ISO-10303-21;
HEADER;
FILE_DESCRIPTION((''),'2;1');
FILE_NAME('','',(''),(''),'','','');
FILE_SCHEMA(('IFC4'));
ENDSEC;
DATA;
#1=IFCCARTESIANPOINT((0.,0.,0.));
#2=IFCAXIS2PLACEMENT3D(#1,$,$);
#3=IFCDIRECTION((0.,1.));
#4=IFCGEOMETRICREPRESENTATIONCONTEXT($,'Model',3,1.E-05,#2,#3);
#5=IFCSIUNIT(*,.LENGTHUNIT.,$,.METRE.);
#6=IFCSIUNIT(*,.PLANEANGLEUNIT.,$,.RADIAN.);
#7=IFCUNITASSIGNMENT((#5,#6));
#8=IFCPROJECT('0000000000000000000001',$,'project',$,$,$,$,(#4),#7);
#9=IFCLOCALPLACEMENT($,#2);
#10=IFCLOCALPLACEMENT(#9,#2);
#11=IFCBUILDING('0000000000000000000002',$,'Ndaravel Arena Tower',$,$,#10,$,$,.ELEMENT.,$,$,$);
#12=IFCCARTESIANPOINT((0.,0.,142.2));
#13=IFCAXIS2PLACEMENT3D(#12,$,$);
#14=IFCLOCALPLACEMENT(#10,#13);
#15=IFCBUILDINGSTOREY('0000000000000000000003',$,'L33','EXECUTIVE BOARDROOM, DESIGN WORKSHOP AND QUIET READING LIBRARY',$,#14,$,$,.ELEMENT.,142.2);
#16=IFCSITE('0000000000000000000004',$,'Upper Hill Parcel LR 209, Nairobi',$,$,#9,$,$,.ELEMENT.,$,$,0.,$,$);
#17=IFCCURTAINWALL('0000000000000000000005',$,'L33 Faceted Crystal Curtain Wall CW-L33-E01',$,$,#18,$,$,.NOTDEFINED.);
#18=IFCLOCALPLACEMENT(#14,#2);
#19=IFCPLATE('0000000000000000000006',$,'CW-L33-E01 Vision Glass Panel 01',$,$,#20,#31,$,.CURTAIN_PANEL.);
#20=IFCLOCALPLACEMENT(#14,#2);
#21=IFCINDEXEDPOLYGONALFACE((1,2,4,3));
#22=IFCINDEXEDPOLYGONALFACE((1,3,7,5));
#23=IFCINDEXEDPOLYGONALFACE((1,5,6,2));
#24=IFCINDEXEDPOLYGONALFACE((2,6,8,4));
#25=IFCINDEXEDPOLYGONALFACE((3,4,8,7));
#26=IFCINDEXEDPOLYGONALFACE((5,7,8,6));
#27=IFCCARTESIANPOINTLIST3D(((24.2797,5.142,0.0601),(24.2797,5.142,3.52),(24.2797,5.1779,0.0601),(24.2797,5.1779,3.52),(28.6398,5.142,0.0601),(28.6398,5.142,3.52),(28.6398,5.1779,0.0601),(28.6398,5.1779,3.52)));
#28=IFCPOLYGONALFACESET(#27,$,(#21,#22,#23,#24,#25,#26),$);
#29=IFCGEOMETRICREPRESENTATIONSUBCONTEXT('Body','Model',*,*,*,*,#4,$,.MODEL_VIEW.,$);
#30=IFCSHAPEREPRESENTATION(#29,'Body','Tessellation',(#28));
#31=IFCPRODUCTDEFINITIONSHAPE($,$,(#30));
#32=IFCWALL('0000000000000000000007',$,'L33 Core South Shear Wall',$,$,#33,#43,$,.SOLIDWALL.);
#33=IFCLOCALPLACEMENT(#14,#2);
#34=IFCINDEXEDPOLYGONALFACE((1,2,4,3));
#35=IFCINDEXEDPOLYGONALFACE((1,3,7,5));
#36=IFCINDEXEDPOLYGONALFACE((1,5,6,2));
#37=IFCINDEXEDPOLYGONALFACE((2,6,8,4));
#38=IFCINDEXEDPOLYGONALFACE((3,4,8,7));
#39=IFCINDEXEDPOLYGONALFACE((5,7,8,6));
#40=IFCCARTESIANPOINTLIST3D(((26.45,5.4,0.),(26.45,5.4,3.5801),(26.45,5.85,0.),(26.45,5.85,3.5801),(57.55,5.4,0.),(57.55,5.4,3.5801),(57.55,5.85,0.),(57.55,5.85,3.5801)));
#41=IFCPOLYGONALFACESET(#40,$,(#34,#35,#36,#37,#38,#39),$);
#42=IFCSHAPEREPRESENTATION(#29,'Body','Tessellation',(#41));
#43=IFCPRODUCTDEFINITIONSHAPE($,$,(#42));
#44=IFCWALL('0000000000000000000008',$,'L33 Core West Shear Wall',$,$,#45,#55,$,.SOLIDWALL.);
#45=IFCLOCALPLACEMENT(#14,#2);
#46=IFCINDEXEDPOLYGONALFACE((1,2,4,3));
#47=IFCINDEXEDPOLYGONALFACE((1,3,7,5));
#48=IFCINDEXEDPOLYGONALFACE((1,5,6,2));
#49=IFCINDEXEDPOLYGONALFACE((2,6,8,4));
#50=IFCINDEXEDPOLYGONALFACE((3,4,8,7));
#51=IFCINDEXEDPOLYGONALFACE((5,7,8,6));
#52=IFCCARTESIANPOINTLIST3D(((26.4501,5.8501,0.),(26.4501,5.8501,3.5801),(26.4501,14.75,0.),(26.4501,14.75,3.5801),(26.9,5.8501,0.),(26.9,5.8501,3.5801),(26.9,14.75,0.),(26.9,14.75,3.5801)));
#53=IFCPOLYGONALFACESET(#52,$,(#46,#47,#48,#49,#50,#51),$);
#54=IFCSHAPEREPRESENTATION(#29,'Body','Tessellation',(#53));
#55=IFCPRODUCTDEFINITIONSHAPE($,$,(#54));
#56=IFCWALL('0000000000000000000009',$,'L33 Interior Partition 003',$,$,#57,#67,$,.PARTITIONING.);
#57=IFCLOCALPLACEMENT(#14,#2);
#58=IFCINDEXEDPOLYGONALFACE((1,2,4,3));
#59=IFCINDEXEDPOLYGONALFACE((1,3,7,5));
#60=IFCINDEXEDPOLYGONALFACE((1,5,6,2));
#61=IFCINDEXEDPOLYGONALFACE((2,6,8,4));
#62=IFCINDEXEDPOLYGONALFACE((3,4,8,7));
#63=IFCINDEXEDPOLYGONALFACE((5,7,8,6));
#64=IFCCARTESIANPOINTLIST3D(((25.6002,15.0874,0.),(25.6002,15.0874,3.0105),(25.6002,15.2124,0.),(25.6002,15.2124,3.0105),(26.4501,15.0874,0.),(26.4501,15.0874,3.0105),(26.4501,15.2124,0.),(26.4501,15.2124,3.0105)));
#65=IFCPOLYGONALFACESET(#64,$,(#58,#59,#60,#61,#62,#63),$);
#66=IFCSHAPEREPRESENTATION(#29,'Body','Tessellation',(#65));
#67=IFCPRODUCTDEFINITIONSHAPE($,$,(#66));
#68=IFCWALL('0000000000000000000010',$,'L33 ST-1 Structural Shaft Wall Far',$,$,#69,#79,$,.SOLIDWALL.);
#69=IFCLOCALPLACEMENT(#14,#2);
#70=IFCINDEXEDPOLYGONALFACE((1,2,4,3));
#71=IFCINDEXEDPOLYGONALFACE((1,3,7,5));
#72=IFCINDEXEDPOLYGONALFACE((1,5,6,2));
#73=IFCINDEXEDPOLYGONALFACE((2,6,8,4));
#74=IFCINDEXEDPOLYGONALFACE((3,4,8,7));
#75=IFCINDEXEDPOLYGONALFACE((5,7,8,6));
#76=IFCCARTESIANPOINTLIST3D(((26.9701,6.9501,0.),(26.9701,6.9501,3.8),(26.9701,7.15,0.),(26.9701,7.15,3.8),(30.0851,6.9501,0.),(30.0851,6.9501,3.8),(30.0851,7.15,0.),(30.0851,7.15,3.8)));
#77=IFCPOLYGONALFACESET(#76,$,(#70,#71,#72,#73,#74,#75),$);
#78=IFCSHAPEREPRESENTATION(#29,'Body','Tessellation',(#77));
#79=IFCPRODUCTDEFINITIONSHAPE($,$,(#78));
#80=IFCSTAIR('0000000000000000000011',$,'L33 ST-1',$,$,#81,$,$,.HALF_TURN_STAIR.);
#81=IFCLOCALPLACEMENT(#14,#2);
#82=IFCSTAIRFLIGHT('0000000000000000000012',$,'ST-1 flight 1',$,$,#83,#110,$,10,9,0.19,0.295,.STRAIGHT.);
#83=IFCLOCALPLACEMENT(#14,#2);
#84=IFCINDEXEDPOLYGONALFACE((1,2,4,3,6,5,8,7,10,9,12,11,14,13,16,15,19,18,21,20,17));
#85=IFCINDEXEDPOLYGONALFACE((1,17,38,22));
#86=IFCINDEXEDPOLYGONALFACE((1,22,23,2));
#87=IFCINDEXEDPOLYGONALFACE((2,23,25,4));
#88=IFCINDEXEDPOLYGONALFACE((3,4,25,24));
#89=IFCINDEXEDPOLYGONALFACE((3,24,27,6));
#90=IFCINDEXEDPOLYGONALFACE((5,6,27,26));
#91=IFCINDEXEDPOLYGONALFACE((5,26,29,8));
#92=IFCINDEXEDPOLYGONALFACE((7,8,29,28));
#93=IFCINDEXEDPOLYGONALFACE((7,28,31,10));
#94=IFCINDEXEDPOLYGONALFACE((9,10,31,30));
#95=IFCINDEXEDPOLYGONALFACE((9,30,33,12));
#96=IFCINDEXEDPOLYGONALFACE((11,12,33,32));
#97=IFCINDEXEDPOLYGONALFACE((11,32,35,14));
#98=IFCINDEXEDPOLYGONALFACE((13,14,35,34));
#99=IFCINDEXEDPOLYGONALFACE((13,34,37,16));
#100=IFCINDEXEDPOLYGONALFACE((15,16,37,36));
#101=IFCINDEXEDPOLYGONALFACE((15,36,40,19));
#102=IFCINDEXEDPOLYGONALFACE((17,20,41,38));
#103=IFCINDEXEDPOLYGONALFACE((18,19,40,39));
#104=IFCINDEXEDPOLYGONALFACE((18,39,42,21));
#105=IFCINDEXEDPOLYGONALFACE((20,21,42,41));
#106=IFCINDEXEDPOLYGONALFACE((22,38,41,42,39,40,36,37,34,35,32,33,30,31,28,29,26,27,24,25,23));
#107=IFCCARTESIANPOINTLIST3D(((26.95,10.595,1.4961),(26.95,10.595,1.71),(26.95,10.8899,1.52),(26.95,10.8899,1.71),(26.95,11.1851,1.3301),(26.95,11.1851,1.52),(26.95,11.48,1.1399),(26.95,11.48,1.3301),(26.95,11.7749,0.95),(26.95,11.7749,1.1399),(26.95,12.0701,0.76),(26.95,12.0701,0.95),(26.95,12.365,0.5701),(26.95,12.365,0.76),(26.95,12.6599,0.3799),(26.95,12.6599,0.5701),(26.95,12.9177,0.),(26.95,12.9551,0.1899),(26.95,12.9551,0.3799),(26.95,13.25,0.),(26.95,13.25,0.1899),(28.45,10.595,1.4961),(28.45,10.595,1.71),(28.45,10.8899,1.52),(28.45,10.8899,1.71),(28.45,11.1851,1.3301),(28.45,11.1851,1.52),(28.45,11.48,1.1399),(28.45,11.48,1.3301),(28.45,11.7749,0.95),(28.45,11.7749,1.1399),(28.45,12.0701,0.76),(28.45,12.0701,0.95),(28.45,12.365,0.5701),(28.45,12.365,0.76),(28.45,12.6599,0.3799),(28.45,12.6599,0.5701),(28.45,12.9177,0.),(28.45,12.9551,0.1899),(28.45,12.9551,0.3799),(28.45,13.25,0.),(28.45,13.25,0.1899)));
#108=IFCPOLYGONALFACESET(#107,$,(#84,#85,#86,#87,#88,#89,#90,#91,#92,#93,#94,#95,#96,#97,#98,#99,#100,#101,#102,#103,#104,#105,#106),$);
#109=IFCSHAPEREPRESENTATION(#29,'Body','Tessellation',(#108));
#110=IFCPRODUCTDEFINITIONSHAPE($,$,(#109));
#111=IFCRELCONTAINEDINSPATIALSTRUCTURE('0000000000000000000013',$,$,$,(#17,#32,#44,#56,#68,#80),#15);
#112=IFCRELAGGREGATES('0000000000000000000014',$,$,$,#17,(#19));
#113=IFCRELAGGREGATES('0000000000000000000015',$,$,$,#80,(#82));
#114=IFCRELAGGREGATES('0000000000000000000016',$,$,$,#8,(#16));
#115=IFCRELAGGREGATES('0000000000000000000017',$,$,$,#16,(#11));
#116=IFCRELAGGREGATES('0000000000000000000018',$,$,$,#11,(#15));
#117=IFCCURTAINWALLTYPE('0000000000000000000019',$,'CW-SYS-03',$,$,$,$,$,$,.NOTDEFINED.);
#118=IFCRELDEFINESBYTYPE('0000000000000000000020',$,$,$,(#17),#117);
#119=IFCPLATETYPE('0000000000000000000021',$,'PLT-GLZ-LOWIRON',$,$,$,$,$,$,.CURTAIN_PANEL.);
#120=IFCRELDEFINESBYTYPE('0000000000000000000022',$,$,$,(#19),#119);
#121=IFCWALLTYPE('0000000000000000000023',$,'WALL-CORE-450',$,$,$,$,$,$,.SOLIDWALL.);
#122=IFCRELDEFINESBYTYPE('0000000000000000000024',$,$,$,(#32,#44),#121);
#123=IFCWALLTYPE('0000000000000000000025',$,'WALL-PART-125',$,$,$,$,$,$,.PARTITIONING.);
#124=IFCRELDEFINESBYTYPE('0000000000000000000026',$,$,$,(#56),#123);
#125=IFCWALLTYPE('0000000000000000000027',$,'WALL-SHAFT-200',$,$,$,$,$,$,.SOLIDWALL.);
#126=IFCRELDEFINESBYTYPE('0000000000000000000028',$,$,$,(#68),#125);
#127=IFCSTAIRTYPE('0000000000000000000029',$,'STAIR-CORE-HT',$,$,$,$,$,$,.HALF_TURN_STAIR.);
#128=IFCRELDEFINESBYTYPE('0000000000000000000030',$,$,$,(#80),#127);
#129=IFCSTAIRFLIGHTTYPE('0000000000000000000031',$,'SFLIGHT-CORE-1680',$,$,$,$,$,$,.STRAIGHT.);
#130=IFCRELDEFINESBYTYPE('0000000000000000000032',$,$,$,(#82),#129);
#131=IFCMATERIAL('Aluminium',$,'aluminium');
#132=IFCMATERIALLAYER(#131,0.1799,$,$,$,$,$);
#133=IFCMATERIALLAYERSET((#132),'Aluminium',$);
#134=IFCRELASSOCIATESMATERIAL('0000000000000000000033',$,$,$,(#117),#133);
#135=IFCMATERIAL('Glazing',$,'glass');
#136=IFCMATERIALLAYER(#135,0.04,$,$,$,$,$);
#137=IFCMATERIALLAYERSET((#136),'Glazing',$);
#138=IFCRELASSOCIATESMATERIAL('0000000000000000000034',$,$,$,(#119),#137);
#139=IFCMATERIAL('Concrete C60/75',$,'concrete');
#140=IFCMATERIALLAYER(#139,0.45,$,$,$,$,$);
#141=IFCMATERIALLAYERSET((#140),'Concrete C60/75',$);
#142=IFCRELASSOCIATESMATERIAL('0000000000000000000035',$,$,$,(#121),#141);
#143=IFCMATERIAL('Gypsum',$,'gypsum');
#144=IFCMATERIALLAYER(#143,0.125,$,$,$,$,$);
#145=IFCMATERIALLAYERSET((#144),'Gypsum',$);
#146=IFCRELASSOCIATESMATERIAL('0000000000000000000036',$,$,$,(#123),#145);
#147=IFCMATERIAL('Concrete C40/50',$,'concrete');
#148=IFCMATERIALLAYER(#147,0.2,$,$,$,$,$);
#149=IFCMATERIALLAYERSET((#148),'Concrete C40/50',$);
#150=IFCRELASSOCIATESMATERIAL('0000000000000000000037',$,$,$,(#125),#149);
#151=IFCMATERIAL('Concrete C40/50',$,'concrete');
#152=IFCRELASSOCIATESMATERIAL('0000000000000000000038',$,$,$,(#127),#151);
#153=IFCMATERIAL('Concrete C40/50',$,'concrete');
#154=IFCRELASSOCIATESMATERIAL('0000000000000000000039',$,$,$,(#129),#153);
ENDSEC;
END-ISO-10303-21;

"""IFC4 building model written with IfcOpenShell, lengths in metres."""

from ifc_helpers import new_model, si_unit, direction, frame, frame_2d, origin, origin_2d, place, context, subcontext, project, spatial, polyline, rectangle, outline, extrude, material, layer, layer_set, type_object, element, aggregate, save


model = new_model("IFC4")

# Units and contexts
model_context = context("Model", 3, precision=1e-05, world=origin(), true_north=direction((0.0, 1.0)))
body_context = subcontext(model_context, "Body", "Model", "MODEL_VIEW")
ifc_project = project(units=[si_unit("LENGTHUNIT", "METRE"), si_unit("PLANEANGLEUNIT", "RADIAN")], contexts=[model_context])

# Site, building, storey
site_placement = place(None, origin())
site = spatial("IfcSite", under=ifc_project, at=site_placement, Name="Upper Hill Parcel LR 209, Nairobi", CompositionType="ELEMENT", RefElevation=0.0)
building_placement = place(site_placement, origin())
building = spatial("IfcBuilding", under=site, at=building_placement, Name="Ndaravel Arena Tower", CompositionType="ELEMENT")
storey_placement = place(building_placement, frame((0.0, 0.0, 142.2)))
storey = spatial("IfcBuildingStorey", under=building, at=storey_placement, Name="L33", Description="EXECUTIVE BOARDROOM, DESIGN WORKSHOP AND QUIET READING LIBRARY", CompositionType="ELEMENT", Elevation=142.2)

# Curtain wall
ifc_material_1 = material(Name="Aluminium", Category="aluminium")
ifc_layer_1 = layer(ifc_material_1, 0.1799)
ifc_layer_set_1 = layer_set([ifc_layer_1], Name="Aluminium")
curtain_wall_type_1 = type_object("IfcCurtainWallType", Name="CW-SYS-03", PredefinedType="NOTDEFINED", material=ifc_layer_set_1)
curtain_wall_1_placement = place(storey_placement, origin())
curtain_wall_1 = element("IfcCurtainWall", 1, at=curtain_wall_1_placement, inside=storey, type_object=curtain_wall_type_1, Name="L33 Faceted Crystal Curtain Wall CW-L33-E01", PredefinedType="NOTDEFINED")

# Plate
ifc_material_2 = material(Name="Glazing", Category="glass")
ifc_layer_2 = layer(ifc_material_2, 0.04)
ifc_layer_set_2 = layer_set([ifc_layer_2], Name="Glazing")
plate_type_1 = type_object("IfcPlateType", Name="PLT-GLZ-LOWIRON", PredefinedType="CURTAIN_PANEL", material=ifc_layer_set_2)
plate_1_placement = place(storey_placement, frame((26.4597, 5.1599, 0.0601), z_axis=(0.0, 0.0, 1.0), x_axis=(1.0, 0.0, 0.0)))
plate_1 = element("IfcPlate", 2, at=plate_1_placement, type_object=plate_type_1, Name="CW-L33-E01 Vision Glass Panel 01", PredefinedType="CURTAIN_PANEL", context=body_context, shape_type="SweptSolid", body=[
    extrude(rectangle(XDim=4.3601, YDim=0.0359, at=origin_2d()), origin(), (0.0, 0.0, 1.0), 3.46),
])
aggregate(curtain_wall_1, [plate_1])

# Shared definitions
ifc_material_3 = material(Name="Concrete C60/75", Category="concrete")
ifc_layer_3 = layer(ifc_material_3, 0.45)
ifc_layer_set_3 = layer_set([ifc_layer_3], Name="Concrete C60/75")
wall_type_1 = type_object("IfcWallType", Name="WALL-CORE-450", PredefinedType="SOLIDWALL", material=ifc_layer_set_3)

# Walls
wall_1_placement = place(storey_placement, frame((26.45, 5.625, 0.0), z_axis=(0.0, 0.0, 1.0), x_axis=(1.0, 0.0, 0.0)))
element("IfcWall", 3, at=wall_1_placement, inside=storey, type_object=wall_type_1, Name="L33 Core South Shear Wall", PredefinedType="SOLIDWALL", context=body_context, shape_type="SweptSolid", body=[
    extrude(rectangle(XDim=31.1001, YDim=0.45, at=frame_2d((15.55, 0.0))), origin(), (0.0, 0.0, 1.0), 3.5801),
])
wall_2_placement = place(storey_placement, frame((26.675, 5.8501, 0.0), z_axis=(0.0, 0.0, 1.0), x_axis=(0.0, 1.0, 0.0)))
element("IfcWall", 4, at=wall_2_placement, inside=storey, type_object=wall_type_1, Name="L33 Core West Shear Wall", PredefinedType="SOLIDWALL", context=body_context, shape_type="SweptSolid", body=[
    extrude(rectangle(XDim=8.8999, YDim=0.45, at=frame_2d((4.45, 0.0))), origin(), (0.0, 0.0, 1.0), 3.5801),
])
ifc_material_4 = material(Name="Gypsum", Category="gypsum")
ifc_layer_4 = layer(ifc_material_4, 0.125)
ifc_layer_set_4 = layer_set([ifc_layer_4], Name="Gypsum")
wall_type_2 = type_object("IfcWallType", Name="WALL-PART-125", PredefinedType="PARTITIONING", material=ifc_layer_set_4)
wall_3_placement = place(storey_placement, frame((26.45, 15.1499, 0.0), z_axis=(0.0, 0.0, 1.0), x_axis=(-1.0, 0.0, 0.0)))
element("IfcWall", 5, at=wall_3_placement, inside=storey, type_object=wall_type_2, Name="L33 Interior Partition 003", PredefinedType="PARTITIONING", context=body_context, shape_type="SweptSolid", body=[
    extrude(rectangle(XDim=0.8499, YDim=0.125, at=frame_2d((0.4248, 0.0))), origin(), (0.0, 0.0, 1.0), 3.0105),
])
ifc_material_5 = material(Name="Concrete C40/50", Category="concrete")
ifc_layer_5 = layer(ifc_material_5, 0.2)
ifc_layer_set_5 = layer_set([ifc_layer_5], Name="Concrete C40/50")
wall_type_3 = type_object("IfcWallType", Name="WALL-SHAFT-200", PredefinedType="SOLIDWALL", material=ifc_layer_set_5)
wall_4_placement = place(storey_placement, frame((26.97, 7.05, 0.0), z_axis=(0.0, 0.0, 1.0), x_axis=(1.0, 0.0, 0.0)))
element("IfcWall", 6, at=wall_4_placement, inside=storey, type_object=wall_type_3, Name="L33 ST-1 Structural Shaft Wall Far", PredefinedType="SOLIDWALL", context=body_context, shape_type="SweptSolid", body=[
    extrude(rectangle(XDim=3.115, YDim=0.2, at=frame_2d((1.5576, 0.0))), origin(), (0.0, 0.0, 1.0), 3.8),
])

# Stair, stair flight
ifc_material_6 = material(Name="Concrete C40/50", Category="concrete")
stair_type = type_object("IfcStairType", Name="STAIR-CORE-HT", PredefinedType="HALF_TURN_STAIR", material=ifc_material_6)
stair_placement = place(storey_placement, origin())
stair = element("IfcStair", 7, at=stair_placement, inside=storey, type_object=stair_type, Name="L33 ST-1", PredefinedType="HALF_TURN_STAIR")
ifc_material_7 = material(Name="Concrete C40/50", Category="concrete")
stair_flight_type = type_object("IfcStairFlightType", Name="SFLIGHT-CORE-1680", PredefinedType="STRAIGHT", material=ifc_material_7)
stair_flight_placement = place(storey_placement, frame((27.7, 13.25, 0.0), z_axis=(0.0, 0.0, 1.0), x_axis=(0.0, -1.0, 0.0)))
stair_flight = element("IfcStairFlight", 8, at=stair_flight_placement, type_object=stair_flight_type, Name="ST-1 flight 1", NumberOfRisers=10, NumberOfTreads=9, PredefinedType="STRAIGHT", RiserHeight=0.19, TreadLength=0.295, context=body_context, shape_type="SweptSolid", body=[
    extrude(outline(polyline([(0.0, 0.0), (0.0, 0.1899), (0.2949, 0.1899), (0.2949, 0.3799), (0.5901, 0.3799), (0.5901, 0.5701), (0.885, 0.5701), (0.885, 0.76), (1.1799, 0.76), (1.1799, 0.95), (1.4751, 0.95), (1.4751, 1.1399), (1.77, 1.1399), (1.77, 1.3301), (2.0649, 1.3301), (2.0649, 1.52), (2.3601, 1.52), (2.3601, 1.71), (2.655, 1.71), (2.655, 1.8999), (2.655, 1.4961), (0.3323, 0.0), (0.0, 0.0)])), frame((0.0, 0.75, 0.0), z_axis=(0.0, -1.0, 0.0), x_axis=(1.0, 0.0, 0.0)), (0.0, 0.0, 1.0), 1.5),
])
aggregate(stair, [stair_flight])

save(model, "model.ifc")
